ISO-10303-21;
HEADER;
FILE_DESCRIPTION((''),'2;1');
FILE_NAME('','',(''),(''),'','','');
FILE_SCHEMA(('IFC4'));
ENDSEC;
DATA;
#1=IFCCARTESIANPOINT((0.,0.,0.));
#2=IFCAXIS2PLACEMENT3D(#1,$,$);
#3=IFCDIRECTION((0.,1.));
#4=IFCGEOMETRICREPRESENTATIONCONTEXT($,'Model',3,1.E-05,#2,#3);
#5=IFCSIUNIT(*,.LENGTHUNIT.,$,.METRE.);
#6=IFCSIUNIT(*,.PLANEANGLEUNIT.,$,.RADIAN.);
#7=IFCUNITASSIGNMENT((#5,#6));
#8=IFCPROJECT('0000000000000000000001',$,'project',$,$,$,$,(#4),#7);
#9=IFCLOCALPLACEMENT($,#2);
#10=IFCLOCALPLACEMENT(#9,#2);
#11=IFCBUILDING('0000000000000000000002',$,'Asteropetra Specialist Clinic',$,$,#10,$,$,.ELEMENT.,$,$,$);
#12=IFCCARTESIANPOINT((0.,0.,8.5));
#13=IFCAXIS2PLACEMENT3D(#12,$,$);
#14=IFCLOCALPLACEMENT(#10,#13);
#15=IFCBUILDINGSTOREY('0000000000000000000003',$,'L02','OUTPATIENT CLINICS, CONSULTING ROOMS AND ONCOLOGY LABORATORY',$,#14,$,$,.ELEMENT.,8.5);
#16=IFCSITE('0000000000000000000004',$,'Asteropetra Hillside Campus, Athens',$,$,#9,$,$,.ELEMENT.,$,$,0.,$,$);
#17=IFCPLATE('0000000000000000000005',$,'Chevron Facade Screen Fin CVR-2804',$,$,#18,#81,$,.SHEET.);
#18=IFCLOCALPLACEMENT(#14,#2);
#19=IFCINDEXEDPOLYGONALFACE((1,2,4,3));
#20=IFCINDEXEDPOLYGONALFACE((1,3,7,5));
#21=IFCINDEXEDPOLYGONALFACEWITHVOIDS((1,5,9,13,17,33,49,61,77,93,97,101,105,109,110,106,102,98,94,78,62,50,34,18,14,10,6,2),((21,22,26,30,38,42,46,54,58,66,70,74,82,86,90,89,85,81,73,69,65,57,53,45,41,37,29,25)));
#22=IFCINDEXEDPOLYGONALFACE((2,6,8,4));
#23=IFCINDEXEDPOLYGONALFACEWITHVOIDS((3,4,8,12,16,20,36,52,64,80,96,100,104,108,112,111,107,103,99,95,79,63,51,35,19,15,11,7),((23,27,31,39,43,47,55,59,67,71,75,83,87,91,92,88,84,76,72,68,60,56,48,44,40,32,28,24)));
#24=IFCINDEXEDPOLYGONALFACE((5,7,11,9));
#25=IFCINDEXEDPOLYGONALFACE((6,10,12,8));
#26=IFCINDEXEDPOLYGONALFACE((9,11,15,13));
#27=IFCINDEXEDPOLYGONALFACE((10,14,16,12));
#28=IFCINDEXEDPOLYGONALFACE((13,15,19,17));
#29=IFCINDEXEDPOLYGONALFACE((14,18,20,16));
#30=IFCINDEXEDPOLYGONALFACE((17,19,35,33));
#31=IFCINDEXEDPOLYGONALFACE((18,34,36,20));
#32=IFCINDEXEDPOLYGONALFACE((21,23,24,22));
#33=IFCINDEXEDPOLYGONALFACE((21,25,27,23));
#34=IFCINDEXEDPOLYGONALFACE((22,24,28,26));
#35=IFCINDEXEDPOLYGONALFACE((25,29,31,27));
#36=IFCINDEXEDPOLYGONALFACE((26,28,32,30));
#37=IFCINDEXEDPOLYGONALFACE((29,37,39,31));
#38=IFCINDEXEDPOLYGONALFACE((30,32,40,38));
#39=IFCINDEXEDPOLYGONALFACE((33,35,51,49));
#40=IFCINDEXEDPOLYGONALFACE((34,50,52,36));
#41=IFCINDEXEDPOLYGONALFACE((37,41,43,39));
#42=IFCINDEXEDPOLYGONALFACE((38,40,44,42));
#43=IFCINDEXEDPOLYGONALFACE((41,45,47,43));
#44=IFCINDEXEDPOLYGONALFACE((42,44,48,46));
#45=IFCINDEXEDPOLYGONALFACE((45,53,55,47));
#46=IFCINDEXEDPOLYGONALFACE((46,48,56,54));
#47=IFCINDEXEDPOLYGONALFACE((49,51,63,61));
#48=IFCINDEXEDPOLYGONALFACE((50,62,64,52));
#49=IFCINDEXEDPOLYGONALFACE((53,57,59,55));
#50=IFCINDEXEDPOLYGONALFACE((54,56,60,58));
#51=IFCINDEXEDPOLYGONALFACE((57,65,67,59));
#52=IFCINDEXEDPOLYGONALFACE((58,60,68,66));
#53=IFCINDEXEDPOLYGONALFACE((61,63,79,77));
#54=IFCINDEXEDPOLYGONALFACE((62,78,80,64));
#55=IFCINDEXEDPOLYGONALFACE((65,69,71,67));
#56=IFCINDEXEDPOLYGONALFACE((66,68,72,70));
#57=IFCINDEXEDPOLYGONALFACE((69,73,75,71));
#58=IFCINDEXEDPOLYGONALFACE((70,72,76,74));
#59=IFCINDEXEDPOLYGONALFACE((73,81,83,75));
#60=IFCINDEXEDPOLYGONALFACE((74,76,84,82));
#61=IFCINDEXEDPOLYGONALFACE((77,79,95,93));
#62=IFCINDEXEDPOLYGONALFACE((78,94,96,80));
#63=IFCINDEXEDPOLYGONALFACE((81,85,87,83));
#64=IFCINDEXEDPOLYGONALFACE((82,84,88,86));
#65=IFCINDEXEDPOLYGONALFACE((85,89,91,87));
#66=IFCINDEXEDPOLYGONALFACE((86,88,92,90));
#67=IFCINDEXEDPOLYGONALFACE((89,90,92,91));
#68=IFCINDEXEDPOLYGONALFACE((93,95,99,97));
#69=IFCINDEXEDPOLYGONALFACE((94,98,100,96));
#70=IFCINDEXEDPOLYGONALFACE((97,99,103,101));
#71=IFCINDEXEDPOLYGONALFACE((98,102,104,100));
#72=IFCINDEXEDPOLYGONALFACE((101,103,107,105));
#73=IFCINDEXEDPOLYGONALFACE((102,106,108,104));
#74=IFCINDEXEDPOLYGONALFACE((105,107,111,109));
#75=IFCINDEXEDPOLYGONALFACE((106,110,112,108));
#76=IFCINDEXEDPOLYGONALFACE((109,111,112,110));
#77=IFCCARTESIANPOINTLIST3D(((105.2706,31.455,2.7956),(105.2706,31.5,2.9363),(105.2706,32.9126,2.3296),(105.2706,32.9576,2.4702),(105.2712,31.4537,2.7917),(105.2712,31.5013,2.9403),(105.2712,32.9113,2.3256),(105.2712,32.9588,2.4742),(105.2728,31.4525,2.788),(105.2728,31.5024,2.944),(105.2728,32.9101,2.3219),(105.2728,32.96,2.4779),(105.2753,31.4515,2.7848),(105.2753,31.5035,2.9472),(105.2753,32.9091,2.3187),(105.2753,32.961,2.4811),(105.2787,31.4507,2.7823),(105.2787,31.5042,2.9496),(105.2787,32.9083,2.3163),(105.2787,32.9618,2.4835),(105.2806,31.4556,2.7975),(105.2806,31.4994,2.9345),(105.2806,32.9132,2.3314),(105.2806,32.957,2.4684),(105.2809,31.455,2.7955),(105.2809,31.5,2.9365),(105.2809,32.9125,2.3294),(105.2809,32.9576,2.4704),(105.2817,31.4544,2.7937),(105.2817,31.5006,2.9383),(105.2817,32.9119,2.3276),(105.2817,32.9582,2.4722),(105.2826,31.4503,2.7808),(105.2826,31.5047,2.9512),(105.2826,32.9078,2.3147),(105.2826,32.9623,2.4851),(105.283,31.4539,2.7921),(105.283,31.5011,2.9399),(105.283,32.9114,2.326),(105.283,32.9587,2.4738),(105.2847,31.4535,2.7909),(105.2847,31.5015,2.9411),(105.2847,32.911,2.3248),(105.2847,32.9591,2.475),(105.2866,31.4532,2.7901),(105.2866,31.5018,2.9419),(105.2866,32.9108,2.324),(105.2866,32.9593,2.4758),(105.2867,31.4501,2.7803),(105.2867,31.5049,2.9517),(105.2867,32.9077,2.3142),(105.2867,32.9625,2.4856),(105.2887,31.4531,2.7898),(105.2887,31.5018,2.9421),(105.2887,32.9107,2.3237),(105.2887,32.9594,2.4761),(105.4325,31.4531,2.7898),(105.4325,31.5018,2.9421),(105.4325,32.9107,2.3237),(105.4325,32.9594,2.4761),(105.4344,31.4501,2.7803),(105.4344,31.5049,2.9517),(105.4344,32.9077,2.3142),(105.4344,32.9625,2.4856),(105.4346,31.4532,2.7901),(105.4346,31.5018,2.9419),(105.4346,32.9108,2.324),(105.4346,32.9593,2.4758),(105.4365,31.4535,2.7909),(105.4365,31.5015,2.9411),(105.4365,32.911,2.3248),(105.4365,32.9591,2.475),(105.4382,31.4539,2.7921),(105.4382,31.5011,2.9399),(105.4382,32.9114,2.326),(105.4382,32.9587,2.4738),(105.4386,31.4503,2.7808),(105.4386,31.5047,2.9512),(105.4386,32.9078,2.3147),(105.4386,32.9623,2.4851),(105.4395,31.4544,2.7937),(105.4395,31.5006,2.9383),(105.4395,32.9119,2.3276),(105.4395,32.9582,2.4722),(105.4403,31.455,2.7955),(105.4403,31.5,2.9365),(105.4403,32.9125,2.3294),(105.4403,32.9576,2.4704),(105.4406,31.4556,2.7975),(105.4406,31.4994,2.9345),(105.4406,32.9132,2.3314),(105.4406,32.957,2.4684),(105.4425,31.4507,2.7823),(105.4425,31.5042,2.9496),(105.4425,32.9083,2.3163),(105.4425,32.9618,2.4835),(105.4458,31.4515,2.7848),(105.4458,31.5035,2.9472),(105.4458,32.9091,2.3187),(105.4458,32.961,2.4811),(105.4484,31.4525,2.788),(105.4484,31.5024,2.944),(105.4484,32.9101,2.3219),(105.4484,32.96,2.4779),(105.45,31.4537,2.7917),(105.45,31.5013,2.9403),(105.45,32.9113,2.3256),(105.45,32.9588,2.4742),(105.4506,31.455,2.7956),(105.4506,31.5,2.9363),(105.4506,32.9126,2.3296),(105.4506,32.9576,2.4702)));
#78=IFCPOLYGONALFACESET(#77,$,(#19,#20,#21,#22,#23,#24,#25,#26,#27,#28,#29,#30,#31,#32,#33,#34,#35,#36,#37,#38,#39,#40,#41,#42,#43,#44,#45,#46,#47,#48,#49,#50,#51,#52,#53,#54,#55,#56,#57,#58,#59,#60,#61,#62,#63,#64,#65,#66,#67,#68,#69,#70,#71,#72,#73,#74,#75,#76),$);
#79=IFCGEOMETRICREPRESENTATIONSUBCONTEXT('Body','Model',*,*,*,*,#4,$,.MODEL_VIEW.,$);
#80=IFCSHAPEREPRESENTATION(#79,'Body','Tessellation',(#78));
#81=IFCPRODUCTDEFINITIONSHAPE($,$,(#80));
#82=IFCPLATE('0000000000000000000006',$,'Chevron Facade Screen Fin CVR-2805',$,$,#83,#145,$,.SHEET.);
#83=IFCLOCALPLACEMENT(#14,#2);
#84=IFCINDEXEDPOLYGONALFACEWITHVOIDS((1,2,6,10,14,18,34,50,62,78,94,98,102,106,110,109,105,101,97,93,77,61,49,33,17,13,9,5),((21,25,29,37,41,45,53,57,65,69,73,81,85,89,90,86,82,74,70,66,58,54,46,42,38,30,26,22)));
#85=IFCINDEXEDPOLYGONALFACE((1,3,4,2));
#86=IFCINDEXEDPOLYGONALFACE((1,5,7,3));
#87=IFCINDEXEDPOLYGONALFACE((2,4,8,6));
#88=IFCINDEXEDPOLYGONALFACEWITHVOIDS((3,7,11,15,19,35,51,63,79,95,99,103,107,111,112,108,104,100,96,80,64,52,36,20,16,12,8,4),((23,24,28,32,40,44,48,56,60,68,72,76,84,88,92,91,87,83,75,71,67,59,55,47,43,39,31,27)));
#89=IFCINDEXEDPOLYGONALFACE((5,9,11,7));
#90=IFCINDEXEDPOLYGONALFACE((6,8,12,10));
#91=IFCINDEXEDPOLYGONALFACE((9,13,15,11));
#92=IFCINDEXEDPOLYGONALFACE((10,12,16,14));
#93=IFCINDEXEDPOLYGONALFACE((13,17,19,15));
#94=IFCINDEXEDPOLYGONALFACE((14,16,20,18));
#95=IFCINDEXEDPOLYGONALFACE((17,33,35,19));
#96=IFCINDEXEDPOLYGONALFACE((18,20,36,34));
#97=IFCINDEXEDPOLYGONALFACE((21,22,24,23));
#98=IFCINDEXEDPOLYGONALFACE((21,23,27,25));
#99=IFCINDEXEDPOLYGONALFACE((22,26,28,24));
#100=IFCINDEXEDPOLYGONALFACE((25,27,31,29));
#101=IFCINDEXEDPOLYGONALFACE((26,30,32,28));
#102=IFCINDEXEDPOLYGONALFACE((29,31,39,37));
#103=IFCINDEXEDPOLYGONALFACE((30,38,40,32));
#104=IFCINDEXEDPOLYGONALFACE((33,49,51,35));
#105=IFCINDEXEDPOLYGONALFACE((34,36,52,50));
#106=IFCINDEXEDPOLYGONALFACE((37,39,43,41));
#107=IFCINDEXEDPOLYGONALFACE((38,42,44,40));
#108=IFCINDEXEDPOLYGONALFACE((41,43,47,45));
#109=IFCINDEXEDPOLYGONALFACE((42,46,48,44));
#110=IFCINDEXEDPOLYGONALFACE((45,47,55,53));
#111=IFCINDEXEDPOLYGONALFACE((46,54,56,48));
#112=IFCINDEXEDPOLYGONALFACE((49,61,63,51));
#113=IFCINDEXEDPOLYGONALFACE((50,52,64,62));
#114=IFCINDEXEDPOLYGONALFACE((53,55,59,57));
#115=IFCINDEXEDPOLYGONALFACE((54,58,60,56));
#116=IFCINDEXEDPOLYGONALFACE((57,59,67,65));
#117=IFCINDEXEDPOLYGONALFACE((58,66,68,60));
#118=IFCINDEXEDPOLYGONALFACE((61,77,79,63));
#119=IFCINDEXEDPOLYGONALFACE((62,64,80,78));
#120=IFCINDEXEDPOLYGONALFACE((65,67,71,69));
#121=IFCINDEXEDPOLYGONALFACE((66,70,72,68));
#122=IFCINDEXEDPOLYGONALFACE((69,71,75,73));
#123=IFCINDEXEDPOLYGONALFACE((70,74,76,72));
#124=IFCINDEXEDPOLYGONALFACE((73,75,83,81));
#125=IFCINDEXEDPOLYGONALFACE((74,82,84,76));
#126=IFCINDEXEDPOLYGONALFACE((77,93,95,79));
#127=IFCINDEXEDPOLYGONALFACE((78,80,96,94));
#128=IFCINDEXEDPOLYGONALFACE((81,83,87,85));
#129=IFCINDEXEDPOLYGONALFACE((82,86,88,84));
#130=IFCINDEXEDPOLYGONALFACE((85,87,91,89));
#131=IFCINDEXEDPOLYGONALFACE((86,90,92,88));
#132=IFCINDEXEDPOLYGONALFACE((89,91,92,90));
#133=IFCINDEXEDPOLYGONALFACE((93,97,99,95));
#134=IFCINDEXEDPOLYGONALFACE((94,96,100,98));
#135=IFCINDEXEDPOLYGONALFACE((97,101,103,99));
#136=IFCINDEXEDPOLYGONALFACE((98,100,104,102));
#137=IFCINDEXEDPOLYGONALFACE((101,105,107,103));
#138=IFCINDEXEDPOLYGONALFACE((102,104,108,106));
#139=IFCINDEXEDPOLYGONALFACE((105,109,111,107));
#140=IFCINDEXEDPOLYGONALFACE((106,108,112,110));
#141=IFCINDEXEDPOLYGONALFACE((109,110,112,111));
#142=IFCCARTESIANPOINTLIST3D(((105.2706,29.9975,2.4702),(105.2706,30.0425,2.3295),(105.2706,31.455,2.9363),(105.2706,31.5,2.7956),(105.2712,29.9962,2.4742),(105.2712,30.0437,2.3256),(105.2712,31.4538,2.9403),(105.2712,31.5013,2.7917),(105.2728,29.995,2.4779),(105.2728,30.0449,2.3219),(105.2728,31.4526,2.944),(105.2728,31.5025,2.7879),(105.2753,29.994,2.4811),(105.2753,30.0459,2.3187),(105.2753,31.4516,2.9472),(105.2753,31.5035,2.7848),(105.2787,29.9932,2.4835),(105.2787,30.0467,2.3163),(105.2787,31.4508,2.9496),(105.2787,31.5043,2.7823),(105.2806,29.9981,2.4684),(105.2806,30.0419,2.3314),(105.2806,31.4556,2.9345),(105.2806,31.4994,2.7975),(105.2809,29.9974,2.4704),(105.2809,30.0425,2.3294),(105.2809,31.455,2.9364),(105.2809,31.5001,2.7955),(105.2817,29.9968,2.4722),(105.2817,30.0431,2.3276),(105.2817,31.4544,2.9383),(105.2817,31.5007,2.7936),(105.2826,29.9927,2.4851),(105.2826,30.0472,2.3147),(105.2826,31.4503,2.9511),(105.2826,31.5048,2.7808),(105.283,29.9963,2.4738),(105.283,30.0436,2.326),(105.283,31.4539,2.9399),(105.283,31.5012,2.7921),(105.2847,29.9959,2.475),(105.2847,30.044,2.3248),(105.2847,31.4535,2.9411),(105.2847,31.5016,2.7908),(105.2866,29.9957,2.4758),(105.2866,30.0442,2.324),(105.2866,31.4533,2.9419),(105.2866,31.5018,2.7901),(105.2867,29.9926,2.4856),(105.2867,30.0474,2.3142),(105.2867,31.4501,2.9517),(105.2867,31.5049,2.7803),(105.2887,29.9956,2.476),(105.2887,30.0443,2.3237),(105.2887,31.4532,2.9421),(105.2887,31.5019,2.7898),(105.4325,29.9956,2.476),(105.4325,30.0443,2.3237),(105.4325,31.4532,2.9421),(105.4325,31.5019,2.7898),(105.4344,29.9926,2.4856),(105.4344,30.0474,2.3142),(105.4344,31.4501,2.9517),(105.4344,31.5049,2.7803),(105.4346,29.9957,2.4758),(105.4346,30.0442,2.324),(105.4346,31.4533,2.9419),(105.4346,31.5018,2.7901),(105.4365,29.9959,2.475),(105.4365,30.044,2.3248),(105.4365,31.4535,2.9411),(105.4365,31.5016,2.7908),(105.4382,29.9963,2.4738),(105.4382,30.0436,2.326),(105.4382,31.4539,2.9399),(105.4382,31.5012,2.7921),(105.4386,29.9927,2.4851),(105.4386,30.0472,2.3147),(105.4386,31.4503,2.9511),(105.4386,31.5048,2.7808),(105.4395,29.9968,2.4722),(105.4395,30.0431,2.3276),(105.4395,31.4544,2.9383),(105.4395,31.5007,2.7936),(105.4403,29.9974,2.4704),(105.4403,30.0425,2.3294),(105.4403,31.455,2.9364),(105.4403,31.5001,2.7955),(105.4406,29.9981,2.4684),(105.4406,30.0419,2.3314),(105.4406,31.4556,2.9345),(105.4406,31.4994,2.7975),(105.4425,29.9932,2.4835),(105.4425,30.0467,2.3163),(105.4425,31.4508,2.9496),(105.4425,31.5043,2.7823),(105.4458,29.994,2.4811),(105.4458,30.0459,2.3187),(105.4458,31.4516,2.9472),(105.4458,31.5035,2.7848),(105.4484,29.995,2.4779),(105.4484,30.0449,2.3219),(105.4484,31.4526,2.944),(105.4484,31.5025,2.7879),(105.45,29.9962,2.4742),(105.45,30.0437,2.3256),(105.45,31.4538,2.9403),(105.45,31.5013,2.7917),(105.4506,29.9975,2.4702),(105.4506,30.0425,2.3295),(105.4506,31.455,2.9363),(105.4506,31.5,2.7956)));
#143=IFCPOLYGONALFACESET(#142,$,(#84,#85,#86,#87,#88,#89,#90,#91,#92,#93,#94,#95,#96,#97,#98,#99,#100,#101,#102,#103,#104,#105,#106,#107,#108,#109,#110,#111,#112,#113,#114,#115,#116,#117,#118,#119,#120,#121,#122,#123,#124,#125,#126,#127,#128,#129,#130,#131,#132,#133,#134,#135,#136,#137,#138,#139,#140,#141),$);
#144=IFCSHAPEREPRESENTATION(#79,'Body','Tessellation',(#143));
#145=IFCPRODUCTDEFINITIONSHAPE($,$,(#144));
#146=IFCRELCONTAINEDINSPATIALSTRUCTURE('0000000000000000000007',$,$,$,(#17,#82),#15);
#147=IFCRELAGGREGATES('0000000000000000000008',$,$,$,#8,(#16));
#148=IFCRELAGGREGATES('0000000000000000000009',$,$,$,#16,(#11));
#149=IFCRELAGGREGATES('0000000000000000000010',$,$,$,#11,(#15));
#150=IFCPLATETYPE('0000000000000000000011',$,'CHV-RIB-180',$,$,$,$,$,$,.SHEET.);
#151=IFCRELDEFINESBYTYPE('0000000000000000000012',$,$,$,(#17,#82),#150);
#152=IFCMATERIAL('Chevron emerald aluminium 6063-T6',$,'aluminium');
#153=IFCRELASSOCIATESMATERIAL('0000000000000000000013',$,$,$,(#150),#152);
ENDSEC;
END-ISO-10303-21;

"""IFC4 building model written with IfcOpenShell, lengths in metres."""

from ifc_helpers import new_model, si_unit, direction, frame, origin, origin_2d, place, context, subcontext, project, spatial, hollow_rectangle, extrude, material, material_profile, profile_set, type_object, element, save


model = new_model("IFC4")

# Units and contexts
model_context = context("Model", 3, precision=1e-05, world=origin(), true_north=direction((0.0, 1.0)))
body_context = subcontext(model_context, "Body", "Model", "MODEL_VIEW")
ifc_project = project(units=[si_unit("LENGTHUNIT", "METRE"), si_unit("PLANEANGLEUNIT", "RADIAN")], contexts=[model_context])

# Site, building, storey
site_placement = place(None, origin())
site = spatial("IfcSite", under=ifc_project, at=site_placement, Name="Asteropetra Hillside Campus, Athens", CompositionType="ELEMENT", RefElevation=0.0)
building_placement = place(site_placement, origin())
building = spatial("IfcBuilding", under=site, at=building_placement, Name="Asteropetra Specialist Clinic", CompositionType="ELEMENT")
storey_placement = place(building_placement, frame((0.0, 0.0, 8.5)))
storey = spatial("IfcBuildingStorey", under=building, at=storey_placement, Name="L02", Description="OUTPATIENT CLINICS, CONSULTING ROOMS AND ONCOLOGY LABORATORY", CompositionType="ELEMENT", Elevation=8.5)

# Plates
ifc_material_1 = material(Name="Chevron emerald aluminium 6063-T6", Category="aluminium")
ifc_material_profile = material_profile(ifc_material_1, hollow_rectangle(XDim=0.1799, YDim=0.1799, WallThickness=0.01, InnerFilletRadius=0.0081, OuterFilletRadius=0.0161, at=origin_2d()), Name="SHS 180x180x10.0")
ifc_profile_set = profile_set([ifc_material_profile], Name="Chevron emerald aluminium 6063-T6")
plate_type = type_object("IfcPlateType", Name="CHV-RIB-180", PredefinedType="SHEET", material=ifc_profile_set)
for number, where, z_axis, x_axis, name in (
    (1, (105.3606, 32.9351, 2.3999), (0.0, -0.952489, 0.304573), (1.0, 0.0, 0.0), "Chevron Facade Screen Fin CVR-2804"),
    (2, (105.3606, 31.4775, 2.866), (0.0, -0.952489, -0.304573), (1.0, 0.0, 0.0), "Chevron Facade Screen Fin CVR-2805"),
):
    element("IfcPlate", number, at=place(storey_placement, frame(where, z_axis=z_axis, x_axis=x_axis)), inside=storey, type_object=plate_type, Name=name, PredefinedType="SHEET", context=body_context, shape_type="SweptSolid", body=[
        extrude(hollow_rectangle(XDim=0.1799, YDim=0.1799, WallThickness=0.01, InnerFilletRadius=0.0081, OuterFilletRadius=0.0161, at=origin_2d()), origin(), (0.0, 0.0, 1.0), 1.5303),
    ])

save(model, "model.ifc")
